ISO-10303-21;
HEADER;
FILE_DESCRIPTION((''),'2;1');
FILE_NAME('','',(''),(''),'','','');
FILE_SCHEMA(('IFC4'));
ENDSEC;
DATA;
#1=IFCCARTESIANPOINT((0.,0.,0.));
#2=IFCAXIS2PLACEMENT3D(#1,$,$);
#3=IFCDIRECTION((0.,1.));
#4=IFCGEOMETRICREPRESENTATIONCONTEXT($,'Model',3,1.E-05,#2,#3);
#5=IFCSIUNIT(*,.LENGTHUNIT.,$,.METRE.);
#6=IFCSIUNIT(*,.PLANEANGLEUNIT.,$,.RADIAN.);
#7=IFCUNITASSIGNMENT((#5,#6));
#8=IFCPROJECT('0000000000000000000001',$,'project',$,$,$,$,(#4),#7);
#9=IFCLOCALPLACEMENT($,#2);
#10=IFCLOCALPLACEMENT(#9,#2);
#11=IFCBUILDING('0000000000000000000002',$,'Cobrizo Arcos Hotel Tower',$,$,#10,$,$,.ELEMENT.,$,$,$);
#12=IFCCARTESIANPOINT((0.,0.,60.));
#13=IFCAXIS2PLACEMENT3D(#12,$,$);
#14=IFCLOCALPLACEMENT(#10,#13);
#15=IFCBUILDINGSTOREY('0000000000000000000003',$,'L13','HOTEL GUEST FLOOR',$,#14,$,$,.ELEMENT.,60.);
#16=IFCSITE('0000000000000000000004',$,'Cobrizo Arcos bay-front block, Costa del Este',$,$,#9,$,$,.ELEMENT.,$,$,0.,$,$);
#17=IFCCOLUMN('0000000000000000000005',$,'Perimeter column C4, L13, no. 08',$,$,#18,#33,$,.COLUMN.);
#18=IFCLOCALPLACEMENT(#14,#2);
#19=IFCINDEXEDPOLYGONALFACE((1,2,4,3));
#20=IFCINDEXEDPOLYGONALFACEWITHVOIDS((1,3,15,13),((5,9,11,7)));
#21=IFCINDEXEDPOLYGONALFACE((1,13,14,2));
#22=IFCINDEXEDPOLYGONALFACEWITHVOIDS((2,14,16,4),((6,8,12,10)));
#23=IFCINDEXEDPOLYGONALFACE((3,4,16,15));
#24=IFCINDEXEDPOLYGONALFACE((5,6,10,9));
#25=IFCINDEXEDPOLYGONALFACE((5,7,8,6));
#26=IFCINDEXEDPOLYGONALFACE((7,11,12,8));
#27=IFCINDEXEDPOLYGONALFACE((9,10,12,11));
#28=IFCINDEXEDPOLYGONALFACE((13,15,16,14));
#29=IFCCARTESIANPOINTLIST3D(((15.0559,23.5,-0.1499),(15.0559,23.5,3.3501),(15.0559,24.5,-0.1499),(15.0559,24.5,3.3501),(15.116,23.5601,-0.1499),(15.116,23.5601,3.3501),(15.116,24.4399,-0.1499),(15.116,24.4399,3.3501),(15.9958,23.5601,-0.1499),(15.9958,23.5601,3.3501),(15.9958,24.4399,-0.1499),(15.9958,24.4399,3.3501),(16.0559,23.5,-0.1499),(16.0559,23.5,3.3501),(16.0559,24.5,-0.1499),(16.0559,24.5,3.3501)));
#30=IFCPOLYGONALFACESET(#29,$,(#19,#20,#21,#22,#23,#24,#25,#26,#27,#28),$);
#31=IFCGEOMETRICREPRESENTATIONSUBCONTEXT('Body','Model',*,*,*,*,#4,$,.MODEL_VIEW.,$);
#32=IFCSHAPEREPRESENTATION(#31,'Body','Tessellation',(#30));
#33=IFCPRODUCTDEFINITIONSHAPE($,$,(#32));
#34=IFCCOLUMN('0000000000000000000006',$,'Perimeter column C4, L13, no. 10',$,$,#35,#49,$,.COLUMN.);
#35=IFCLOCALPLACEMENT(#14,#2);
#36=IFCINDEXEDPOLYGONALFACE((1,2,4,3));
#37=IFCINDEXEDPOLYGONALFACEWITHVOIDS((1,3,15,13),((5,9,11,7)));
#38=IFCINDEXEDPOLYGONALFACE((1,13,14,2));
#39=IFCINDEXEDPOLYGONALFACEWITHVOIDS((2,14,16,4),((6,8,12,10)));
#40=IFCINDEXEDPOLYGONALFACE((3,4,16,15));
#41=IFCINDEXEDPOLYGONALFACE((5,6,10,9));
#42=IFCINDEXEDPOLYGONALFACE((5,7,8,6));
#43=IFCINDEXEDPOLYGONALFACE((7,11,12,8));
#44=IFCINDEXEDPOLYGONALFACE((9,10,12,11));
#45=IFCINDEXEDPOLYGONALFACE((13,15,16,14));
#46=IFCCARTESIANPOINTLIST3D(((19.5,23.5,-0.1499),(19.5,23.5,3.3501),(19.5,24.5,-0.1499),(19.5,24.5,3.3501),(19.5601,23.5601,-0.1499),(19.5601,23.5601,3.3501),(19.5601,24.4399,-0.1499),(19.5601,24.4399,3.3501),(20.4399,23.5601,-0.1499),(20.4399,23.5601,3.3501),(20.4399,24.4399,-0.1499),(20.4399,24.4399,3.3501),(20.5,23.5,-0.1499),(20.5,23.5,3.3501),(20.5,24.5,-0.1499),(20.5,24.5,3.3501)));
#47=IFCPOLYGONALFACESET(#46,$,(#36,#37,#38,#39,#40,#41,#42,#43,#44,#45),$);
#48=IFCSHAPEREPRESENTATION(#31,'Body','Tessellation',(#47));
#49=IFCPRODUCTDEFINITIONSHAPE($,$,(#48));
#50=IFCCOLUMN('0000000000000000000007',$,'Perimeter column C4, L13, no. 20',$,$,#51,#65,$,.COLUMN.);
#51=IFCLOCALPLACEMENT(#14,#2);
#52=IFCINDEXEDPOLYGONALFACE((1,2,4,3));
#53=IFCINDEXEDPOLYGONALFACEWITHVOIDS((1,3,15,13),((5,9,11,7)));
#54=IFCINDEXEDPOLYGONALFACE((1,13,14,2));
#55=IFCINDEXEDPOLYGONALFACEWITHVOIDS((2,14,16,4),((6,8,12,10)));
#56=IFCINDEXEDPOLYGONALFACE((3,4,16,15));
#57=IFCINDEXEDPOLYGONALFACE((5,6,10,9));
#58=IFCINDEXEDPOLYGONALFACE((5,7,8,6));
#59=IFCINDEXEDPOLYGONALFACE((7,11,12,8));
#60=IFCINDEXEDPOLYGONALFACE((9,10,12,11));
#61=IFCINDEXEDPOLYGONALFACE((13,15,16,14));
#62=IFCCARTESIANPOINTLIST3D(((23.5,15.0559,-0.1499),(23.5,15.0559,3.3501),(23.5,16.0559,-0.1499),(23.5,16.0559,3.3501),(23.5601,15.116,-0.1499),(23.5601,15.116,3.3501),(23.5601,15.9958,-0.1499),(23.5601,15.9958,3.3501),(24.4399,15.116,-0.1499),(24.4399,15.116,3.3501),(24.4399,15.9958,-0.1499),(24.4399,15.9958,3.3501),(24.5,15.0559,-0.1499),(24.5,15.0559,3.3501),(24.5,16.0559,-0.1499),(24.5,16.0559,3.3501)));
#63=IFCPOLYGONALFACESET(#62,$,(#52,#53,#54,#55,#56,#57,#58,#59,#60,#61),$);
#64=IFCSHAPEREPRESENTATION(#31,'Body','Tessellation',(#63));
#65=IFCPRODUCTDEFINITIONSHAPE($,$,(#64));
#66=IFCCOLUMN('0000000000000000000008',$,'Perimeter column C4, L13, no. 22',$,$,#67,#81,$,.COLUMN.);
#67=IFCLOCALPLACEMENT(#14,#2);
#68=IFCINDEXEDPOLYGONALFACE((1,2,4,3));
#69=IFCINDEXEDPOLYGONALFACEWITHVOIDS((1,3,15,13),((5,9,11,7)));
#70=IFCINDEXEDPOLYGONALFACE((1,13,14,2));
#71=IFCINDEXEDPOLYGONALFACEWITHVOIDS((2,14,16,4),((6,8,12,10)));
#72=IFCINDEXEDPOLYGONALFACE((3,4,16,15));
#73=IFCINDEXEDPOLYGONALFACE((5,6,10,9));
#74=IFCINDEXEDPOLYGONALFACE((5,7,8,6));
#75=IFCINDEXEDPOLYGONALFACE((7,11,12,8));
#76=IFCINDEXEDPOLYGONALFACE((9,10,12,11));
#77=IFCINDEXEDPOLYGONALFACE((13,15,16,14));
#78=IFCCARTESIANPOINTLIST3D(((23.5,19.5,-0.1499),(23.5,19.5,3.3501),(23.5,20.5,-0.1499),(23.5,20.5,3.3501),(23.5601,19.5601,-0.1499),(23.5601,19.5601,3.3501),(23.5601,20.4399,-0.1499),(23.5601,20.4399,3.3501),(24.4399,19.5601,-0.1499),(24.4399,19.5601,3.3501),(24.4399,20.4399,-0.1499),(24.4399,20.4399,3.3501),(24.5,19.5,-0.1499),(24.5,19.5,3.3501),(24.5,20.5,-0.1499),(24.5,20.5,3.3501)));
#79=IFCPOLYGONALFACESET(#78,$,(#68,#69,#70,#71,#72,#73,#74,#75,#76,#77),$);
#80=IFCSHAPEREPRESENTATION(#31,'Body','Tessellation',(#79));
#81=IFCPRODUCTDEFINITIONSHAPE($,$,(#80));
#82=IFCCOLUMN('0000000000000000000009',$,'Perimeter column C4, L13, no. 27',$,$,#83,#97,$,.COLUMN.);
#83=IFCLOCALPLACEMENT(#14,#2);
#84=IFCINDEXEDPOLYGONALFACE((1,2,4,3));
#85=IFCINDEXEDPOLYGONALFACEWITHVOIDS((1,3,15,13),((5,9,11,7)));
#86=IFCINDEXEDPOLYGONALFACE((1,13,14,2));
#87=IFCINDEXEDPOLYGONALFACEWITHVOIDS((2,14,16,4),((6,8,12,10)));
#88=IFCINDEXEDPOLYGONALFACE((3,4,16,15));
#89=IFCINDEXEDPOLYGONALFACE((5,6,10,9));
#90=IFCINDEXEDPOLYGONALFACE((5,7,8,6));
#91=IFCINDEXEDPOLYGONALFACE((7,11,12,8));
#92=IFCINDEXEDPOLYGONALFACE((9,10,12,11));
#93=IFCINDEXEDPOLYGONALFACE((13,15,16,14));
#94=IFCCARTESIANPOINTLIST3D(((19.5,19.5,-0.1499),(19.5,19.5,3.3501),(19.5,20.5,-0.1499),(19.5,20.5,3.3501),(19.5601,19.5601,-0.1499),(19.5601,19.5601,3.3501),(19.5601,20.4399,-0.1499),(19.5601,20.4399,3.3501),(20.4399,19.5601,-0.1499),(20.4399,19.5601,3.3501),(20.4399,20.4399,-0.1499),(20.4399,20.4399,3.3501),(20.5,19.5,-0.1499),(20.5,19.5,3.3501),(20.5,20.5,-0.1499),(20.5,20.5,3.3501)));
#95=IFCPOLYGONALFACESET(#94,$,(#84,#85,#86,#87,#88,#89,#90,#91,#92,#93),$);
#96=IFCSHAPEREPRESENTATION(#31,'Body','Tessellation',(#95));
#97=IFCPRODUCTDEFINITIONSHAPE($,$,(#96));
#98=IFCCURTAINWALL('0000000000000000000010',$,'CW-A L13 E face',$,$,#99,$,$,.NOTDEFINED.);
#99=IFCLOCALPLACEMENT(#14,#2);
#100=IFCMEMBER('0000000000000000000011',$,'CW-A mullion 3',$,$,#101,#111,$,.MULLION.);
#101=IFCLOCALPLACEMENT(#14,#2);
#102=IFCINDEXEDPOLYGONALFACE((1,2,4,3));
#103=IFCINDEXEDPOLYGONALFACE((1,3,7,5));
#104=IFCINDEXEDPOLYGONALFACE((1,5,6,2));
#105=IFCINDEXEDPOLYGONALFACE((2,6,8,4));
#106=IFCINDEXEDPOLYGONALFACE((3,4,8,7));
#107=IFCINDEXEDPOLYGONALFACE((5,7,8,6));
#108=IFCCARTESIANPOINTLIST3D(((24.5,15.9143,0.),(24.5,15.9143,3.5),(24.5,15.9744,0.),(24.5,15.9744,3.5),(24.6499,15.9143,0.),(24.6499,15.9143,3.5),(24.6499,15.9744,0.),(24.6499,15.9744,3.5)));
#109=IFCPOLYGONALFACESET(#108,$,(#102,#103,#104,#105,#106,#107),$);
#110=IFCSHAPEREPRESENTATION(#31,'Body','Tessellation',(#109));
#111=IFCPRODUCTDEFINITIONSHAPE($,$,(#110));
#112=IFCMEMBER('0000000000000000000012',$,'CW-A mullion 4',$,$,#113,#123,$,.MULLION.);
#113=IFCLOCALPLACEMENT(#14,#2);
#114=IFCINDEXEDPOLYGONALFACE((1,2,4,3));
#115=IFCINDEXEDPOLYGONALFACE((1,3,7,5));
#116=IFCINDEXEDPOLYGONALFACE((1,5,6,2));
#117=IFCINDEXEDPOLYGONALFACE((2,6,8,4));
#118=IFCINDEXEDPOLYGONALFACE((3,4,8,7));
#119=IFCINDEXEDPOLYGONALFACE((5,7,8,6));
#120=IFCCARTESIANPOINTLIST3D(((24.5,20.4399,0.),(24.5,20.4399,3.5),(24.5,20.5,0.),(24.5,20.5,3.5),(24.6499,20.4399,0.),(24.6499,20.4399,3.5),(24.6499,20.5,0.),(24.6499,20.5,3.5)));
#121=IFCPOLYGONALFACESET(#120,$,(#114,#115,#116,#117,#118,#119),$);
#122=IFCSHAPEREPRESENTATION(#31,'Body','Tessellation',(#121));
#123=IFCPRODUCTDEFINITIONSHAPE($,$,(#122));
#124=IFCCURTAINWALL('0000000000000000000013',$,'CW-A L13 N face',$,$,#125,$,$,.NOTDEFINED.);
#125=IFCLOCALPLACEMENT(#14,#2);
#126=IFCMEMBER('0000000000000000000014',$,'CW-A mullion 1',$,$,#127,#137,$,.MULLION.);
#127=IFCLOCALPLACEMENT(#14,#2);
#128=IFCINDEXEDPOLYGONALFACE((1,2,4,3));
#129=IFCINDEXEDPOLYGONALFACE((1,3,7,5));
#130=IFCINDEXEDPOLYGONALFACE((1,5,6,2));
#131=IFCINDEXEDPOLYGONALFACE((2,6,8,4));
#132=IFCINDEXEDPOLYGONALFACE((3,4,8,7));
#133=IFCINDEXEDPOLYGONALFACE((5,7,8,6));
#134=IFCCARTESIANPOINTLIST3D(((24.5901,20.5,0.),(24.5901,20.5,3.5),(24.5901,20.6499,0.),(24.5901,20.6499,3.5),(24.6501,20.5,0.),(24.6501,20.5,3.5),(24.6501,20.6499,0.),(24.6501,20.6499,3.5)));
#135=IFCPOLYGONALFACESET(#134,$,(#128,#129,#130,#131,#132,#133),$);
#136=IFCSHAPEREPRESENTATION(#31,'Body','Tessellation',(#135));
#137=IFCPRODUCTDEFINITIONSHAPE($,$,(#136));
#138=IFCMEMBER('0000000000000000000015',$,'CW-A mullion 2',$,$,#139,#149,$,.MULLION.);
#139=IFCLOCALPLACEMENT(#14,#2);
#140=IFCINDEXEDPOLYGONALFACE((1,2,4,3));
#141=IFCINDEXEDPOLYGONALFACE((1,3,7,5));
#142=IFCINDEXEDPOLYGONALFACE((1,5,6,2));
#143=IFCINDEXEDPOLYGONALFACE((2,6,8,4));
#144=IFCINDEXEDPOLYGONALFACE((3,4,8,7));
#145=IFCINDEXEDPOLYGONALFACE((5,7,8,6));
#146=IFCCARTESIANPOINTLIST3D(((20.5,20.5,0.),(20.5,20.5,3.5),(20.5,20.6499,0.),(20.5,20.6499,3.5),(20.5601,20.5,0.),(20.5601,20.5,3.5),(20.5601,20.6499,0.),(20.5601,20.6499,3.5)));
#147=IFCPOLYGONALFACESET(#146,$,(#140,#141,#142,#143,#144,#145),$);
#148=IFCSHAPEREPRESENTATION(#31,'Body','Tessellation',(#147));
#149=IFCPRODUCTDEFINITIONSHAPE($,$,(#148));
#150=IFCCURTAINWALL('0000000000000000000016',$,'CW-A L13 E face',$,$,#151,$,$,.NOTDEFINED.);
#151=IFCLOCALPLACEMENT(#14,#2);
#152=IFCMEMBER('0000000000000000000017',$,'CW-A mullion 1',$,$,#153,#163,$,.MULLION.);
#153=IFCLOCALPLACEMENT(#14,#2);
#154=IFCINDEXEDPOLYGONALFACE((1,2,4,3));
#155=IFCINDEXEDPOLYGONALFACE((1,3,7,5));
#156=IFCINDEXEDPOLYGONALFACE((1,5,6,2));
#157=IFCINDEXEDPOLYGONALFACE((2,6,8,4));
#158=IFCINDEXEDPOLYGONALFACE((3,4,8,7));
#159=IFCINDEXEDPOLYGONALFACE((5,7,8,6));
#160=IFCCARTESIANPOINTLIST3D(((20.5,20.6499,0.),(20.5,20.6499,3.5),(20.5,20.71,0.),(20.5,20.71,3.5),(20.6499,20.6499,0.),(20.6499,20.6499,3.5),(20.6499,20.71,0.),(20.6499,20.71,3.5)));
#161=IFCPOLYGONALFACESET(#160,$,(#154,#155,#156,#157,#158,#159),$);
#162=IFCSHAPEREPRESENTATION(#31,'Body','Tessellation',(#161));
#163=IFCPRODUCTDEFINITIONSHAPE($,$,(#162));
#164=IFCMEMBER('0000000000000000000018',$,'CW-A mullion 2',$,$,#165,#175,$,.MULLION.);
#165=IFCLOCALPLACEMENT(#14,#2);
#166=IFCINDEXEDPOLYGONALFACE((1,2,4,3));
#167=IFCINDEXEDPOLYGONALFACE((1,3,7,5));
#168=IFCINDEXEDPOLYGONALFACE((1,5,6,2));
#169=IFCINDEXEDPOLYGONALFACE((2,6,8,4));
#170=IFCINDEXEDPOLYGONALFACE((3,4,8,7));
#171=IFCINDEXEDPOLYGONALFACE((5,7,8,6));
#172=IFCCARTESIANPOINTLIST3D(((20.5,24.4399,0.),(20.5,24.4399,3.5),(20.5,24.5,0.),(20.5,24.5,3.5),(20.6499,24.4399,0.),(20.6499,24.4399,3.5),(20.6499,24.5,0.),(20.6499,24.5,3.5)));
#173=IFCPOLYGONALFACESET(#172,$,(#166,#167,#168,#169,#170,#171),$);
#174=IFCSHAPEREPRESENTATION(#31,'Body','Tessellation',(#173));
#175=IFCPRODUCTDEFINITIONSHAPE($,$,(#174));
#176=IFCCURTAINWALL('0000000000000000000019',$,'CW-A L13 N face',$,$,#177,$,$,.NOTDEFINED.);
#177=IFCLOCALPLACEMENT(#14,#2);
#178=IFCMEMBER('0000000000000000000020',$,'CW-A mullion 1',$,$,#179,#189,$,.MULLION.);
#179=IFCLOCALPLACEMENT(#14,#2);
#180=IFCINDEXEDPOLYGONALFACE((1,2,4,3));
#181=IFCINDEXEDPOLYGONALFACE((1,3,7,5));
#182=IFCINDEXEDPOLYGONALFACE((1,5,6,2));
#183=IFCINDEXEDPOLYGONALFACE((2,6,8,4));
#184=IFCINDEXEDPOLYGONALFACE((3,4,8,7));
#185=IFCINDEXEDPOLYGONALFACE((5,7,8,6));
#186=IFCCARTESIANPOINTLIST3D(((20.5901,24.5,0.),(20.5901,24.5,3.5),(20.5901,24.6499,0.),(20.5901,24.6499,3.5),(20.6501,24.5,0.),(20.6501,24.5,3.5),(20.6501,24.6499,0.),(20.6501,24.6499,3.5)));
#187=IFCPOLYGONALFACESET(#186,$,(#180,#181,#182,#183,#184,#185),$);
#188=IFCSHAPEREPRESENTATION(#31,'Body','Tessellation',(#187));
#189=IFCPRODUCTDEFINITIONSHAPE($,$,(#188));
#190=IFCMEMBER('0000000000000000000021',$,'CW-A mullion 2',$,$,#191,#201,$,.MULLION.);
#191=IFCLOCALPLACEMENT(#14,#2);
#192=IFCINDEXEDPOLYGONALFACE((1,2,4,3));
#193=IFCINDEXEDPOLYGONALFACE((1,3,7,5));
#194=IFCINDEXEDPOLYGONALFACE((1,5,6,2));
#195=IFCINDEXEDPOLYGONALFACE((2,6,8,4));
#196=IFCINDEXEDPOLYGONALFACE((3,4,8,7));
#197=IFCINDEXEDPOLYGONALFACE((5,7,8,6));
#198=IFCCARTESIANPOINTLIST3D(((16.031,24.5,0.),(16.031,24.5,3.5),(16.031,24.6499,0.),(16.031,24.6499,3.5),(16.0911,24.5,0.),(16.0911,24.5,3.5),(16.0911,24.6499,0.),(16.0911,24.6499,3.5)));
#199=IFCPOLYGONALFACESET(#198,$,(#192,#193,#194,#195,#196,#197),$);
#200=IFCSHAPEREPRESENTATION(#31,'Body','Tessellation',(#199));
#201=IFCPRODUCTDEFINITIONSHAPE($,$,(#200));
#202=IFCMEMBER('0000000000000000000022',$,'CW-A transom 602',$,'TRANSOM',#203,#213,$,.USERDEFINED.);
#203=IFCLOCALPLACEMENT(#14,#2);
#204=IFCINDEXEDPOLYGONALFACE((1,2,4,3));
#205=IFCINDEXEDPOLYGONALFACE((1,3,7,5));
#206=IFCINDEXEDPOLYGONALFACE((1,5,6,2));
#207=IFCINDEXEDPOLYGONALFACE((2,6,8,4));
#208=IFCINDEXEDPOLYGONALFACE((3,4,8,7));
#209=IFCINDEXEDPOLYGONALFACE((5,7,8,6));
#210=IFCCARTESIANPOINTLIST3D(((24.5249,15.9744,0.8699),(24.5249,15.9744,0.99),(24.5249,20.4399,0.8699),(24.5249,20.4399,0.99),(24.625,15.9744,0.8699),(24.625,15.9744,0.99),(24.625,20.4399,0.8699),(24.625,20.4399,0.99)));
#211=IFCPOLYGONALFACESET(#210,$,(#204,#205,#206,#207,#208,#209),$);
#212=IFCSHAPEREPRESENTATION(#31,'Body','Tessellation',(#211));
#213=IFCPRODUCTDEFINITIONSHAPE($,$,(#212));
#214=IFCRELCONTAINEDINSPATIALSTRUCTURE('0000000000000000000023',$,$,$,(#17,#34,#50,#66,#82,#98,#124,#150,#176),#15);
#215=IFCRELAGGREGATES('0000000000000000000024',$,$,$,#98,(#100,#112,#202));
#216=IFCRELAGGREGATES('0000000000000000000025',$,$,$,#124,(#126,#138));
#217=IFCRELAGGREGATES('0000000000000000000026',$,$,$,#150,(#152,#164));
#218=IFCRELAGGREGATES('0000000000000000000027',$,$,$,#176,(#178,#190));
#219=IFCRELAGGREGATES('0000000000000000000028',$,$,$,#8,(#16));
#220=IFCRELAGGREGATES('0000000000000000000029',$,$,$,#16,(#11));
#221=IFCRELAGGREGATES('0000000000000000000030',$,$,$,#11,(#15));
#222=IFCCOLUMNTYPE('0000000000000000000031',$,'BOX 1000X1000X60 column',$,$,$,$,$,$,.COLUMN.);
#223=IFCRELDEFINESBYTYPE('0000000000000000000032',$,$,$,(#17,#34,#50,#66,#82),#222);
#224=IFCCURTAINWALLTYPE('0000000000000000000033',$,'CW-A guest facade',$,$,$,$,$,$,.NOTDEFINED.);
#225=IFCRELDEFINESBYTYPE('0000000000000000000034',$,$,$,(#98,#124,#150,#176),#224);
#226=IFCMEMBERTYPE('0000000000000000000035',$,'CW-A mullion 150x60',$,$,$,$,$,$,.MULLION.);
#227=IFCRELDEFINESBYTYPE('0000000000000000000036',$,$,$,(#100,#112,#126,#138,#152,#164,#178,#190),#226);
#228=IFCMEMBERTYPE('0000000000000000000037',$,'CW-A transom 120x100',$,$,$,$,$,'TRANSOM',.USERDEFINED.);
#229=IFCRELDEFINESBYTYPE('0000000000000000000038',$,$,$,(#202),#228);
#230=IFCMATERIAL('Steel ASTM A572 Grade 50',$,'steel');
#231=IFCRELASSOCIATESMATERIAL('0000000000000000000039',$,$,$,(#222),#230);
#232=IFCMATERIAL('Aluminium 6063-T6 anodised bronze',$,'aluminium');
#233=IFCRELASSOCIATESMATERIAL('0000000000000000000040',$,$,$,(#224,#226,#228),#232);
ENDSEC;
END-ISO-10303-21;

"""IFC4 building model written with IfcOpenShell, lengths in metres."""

from ifc_helpers import new_model, si_unit, direction, frame, origin, origin_2d, place, context, subcontext, project, spatial, rectangle, hollow_rectangle, extrude, material, material_profile, profile_set, type_object, element, aggregate, save


model = new_model("IFC4")

# Units and contexts
model_context = context("Model", 3, precision=1e-05, world=origin(), true_north=direction((0.0, 1.0)))
body_context = subcontext(model_context, "Body", "Model", "MODEL_VIEW")
ifc_project = project(units=[si_unit("LENGTHUNIT", "METRE"), si_unit("PLANEANGLEUNIT", "RADIAN")], contexts=[model_context])

# Site, building, storey
site_placement = place(None, origin())
site = spatial("IfcSite", under=ifc_project, at=site_placement, Name="Cobrizo Arcos bay-front block, Costa del Este", CompositionType="ELEMENT", RefElevation=0.0)
building_placement = place(site_placement, origin())
building = spatial("IfcBuilding", under=site, at=building_placement, Name="Cobrizo Arcos Hotel Tower", CompositionType="ELEMENT")
storey_placement = place(building_placement, frame((0.0, 0.0, 60.0)))
storey = spatial("IfcBuildingStorey", under=building, at=storey_placement, Name="L13", Description="HOTEL GUEST FLOOR", CompositionType="ELEMENT", Elevation=60.0)

# Columns
ifc_material_1 = material(Name="Steel ASTM A572 Grade 50", Category="steel")
ifc_material_profile_1 = material_profile(ifc_material_1, hollow_rectangle(XDim=1.0, YDim=1.0, WallThickness=0.0601, at=origin_2d()), Name="BOX 1000X1000X60")
ifc_profile_set_1 = profile_set([ifc_material_profile_1], Name="Steel ASTM A572 Grade 50")
column_type = type_object("IfcColumnType", Name="BOX 1000X1000X60 column", PredefinedType="COLUMN", material=ifc_profile_set_1)
for number, where, z_axis, x_axis, name in (
    (1, (15.5559, 24.0, -0.1499), (0.0, 0.0, 1.0), (1.0, 0.0, 0.0), "Perimeter column C4, L13, no. 08"),
    (2, (20.0, 24.0, -0.1499), (0.0, 0.0, 1.0), (1.0, 0.0, 0.0), "Perimeter column C4, L13, no. 10"),
    (3, (24.0, 15.5559, -0.1499), (0.0, 0.0, 1.0), (1.0, 0.0, 0.0), "Perimeter column C4, L13, no. 20"),
    (4, (24.0, 20.0, -0.1499), (0.0, 0.0, 1.0), (1.0, 0.0, 0.0), "Perimeter column C4, L13, no. 22"),
    (5, (20.0, 20.0, -0.1499), (0.0, 0.0, 1.0), (1.0, 0.0, 0.0), "Perimeter column C4, L13, no. 27"),
):
    element("IfcColumn", number, at=place(storey_placement, frame(where, z_axis=z_axis, x_axis=x_axis)), inside=storey, type_object=column_type, Name=name, PredefinedType="COLUMN", context=body_context, shape_type="SweptSolid", body=[
        extrude(hollow_rectangle(XDim=1.0, YDim=1.0, WallThickness=0.0601, at=origin_2d()), origin(), (0.0, 0.0, 1.0), 3.5),
    ])

# Curtain walls, members
ifc_material_2 = material(Name="Aluminium 6063-T6 anodised bronze", Category="aluminium")
curtain_wall_type = type_object("IfcCurtainWallType", Name="CW-A guest facade", PredefinedType="NOTDEFINED", material=ifc_material_2)
curtain_wall_1_placement = place(storey_placement, origin())
curtain_wall_1 = element("IfcCurtainWall", 6, at=curtain_wall_1_placement, inside=storey, type_object=curtain_wall_type, Name="CW-A L13 E face", PredefinedType="NOTDEFINED")
ifc_material_profile_2 = material_profile(ifc_material_2, rectangle(XDim=0.1499, YDim=0.0601, at=origin_2d()), Name="CW-A mullion 150x60")
ifc_profile_set_2 = profile_set([ifc_material_profile_2], Name="Aluminium 6063-T6 anodised bronze")
member_type_1 = type_object("IfcMemberType", Name="CW-A mullion 150x60", PredefinedType="MULLION", material=ifc_profile_set_2)
member_1_placement = place(storey_placement, frame((24.575, 15.9443, 0.0), z_axis=(0.0, 0.0, 1.0), x_axis=(1.0, 0.0, 0.0)))
member_1 = element("IfcMember", 7, at=member_1_placement, type_object=member_type_1, Name="CW-A mullion 3", PredefinedType="MULLION", context=body_context, shape_type="SweptSolid", body=[
    extrude(rectangle(XDim=0.1499, YDim=0.0601, at=origin_2d()), origin(), (0.0, 0.0, 1.0), 3.5),
])
member_2_placement = place(storey_placement, frame((24.575, 20.47, 0.0), z_axis=(0.0, 0.0, 1.0), x_axis=(1.0, 0.0, 0.0)))
member_2 = element("IfcMember", 8, at=member_2_placement, type_object=member_type_1, Name="CW-A mullion 4", PredefinedType="MULLION", context=body_context, shape_type="SweptSolid", body=[
    extrude(rectangle(XDim=0.1499, YDim=0.0601, at=origin_2d()), origin(), (0.0, 0.0, 1.0), 3.5),
])
curtain_wall_2_placement = place(storey_placement, origin())
curtain_wall_2 = element("IfcCurtainWall", 9, at=curtain_wall_2_placement, inside=storey, type_object=curtain_wall_type, Name="CW-A L13 N face", PredefinedType="NOTDEFINED")
member_3_placement = place(storey_placement, frame((24.6201, 20.575, 0.0), z_axis=(0.0, 0.0, 1.0), x_axis=(0.0, 1.0, 0.0)))
member_3 = element("IfcMember", 10, at=member_3_placement, type_object=member_type_1, Name="CW-A mullion 1", PredefinedType="MULLION", context=body_context, shape_type="SweptSolid", body=[
    extrude(rectangle(XDim=0.1499, YDim=0.0601, at=origin_2d()), origin(), (0.0, 0.0, 1.0), 3.5),
])
member_4_placement = place(storey_placement, frame((20.53, 20.575, 0.0), z_axis=(0.0, 0.0, 1.0), x_axis=(0.0, 1.0, 0.0)))
member_4 = element("IfcMember", 11, at=member_4_placement, type_object=member_type_1, Name="CW-A mullion 2", PredefinedType="MULLION", context=body_context, shape_type="SweptSolid", body=[
    extrude(rectangle(XDim=0.1499, YDim=0.0601, at=origin_2d()), origin(), (0.0, 0.0, 1.0), 3.5),
])
curtain_wall_3_placement = place(storey_placement, origin())
curtain_wall_3 = element("IfcCurtainWall", 12, at=curtain_wall_3_placement, inside=storey, type_object=curtain_wall_type, Name="CW-A L13 E face", PredefinedType="NOTDEFINED")
member_5_placement = place(storey_placement, frame((20.575, 20.6799, 0.0), z_axis=(0.0, 0.0, 1.0), x_axis=(1.0, 0.0, 0.0)))
member_5 = element("IfcMember", 13, at=member_5_placement, type_object=member_type_1, Name="CW-A mullion 1", PredefinedType="MULLION", context=body_context, shape_type="SweptSolid", body=[
    extrude(rectangle(XDim=0.1499, YDim=0.0601, at=origin_2d()), origin(), (0.0, 0.0, 1.0), 3.5),
])
member_6_placement = place(storey_placement, frame((20.575, 24.47, 0.0), z_axis=(0.0, 0.0, 1.0), x_axis=(1.0, 0.0, 0.0)))
member_6 = element("IfcMember", 14, at=member_6_placement, type_object=member_type_1, Name="CW-A mullion 2", PredefinedType="MULLION", context=body_context, shape_type="SweptSolid", body=[
    extrude(rectangle(XDim=0.1499, YDim=0.0601, at=origin_2d()), origin(), (0.0, 0.0, 1.0), 3.5),
])
curtain_wall_4_placement = place(storey_placement, origin())
curtain_wall_4 = element("IfcCurtainWall", 15, at=curtain_wall_4_placement, inside=storey, type_object=curtain_wall_type, Name="CW-A L13 N face", PredefinedType="NOTDEFINED")
member_7_placement = place(storey_placement, frame((20.6201, 24.575, 0.0), z_axis=(0.0, 0.0, 1.0), x_axis=(0.0, 1.0, 0.0)))
member_7 = element("IfcMember", 16, at=member_7_placement, type_object=member_type_1, Name="CW-A mullion 1", PredefinedType="MULLION", context=body_context, shape_type="SweptSolid", body=[
    extrude(rectangle(XDim=0.1499, YDim=0.0601, at=origin_2d()), origin(), (0.0, 0.0, 1.0), 3.5),
])
member_8_placement = place(storey_placement, frame((16.061, 24.575, 0.0), z_axis=(0.0, 0.0, 1.0), x_axis=(0.0, 1.0, 0.0)))
member_8 = element("IfcMember", 17, at=member_8_placement, type_object=member_type_1, Name="CW-A mullion 2", PredefinedType="MULLION", context=body_context, shape_type="SweptSolid", body=[
    extrude(rectangle(XDim=0.1499, YDim=0.0601, at=origin_2d()), origin(), (0.0, 0.0, 1.0), 3.5),
])

# Member
ifc_material_profile_3 = material_profile(ifc_material_2, rectangle(XDim=0.1001, YDim=0.1201, at=origin_2d()), Name="CW-A transom 120x100")
ifc_profile_set_3 = profile_set([ifc_material_profile_3], Name="Aluminium 6063-T6 anodised bronze")
member_type_2 = type_object("IfcMemberType", Name="CW-A transom 120x100", ElementType="TRANSOM", PredefinedType="USERDEFINED", material=ifc_profile_set_3)
member_9_placement = place(storey_placement, frame((24.575, 15.9744, 0.9299), z_axis=(0.0, 1.0, 0.0), x_axis=(-1.0, 0.0, 0.0)))
member_9 = element("IfcMember", 18, at=member_9_placement, type_object=member_type_2, Name="CW-A transom 602", ObjectType="TRANSOM", PredefinedType="USERDEFINED", context=body_context, shape_type="SweptSolid", body=[
    extrude(rectangle(XDim=0.1001, YDim=0.1201, at=origin_2d()), origin(), (0.0, 0.0, 1.0), 4.4656),
])

aggregate(curtain_wall_1, [member_1, member_2, member_9])
aggregate(curtain_wall_2, [member_3, member_4])
aggregate(curtain_wall_3, [member_5, member_6])
aggregate(curtain_wall_4, [member_7, member_8])

save(model, "model.ifc")
